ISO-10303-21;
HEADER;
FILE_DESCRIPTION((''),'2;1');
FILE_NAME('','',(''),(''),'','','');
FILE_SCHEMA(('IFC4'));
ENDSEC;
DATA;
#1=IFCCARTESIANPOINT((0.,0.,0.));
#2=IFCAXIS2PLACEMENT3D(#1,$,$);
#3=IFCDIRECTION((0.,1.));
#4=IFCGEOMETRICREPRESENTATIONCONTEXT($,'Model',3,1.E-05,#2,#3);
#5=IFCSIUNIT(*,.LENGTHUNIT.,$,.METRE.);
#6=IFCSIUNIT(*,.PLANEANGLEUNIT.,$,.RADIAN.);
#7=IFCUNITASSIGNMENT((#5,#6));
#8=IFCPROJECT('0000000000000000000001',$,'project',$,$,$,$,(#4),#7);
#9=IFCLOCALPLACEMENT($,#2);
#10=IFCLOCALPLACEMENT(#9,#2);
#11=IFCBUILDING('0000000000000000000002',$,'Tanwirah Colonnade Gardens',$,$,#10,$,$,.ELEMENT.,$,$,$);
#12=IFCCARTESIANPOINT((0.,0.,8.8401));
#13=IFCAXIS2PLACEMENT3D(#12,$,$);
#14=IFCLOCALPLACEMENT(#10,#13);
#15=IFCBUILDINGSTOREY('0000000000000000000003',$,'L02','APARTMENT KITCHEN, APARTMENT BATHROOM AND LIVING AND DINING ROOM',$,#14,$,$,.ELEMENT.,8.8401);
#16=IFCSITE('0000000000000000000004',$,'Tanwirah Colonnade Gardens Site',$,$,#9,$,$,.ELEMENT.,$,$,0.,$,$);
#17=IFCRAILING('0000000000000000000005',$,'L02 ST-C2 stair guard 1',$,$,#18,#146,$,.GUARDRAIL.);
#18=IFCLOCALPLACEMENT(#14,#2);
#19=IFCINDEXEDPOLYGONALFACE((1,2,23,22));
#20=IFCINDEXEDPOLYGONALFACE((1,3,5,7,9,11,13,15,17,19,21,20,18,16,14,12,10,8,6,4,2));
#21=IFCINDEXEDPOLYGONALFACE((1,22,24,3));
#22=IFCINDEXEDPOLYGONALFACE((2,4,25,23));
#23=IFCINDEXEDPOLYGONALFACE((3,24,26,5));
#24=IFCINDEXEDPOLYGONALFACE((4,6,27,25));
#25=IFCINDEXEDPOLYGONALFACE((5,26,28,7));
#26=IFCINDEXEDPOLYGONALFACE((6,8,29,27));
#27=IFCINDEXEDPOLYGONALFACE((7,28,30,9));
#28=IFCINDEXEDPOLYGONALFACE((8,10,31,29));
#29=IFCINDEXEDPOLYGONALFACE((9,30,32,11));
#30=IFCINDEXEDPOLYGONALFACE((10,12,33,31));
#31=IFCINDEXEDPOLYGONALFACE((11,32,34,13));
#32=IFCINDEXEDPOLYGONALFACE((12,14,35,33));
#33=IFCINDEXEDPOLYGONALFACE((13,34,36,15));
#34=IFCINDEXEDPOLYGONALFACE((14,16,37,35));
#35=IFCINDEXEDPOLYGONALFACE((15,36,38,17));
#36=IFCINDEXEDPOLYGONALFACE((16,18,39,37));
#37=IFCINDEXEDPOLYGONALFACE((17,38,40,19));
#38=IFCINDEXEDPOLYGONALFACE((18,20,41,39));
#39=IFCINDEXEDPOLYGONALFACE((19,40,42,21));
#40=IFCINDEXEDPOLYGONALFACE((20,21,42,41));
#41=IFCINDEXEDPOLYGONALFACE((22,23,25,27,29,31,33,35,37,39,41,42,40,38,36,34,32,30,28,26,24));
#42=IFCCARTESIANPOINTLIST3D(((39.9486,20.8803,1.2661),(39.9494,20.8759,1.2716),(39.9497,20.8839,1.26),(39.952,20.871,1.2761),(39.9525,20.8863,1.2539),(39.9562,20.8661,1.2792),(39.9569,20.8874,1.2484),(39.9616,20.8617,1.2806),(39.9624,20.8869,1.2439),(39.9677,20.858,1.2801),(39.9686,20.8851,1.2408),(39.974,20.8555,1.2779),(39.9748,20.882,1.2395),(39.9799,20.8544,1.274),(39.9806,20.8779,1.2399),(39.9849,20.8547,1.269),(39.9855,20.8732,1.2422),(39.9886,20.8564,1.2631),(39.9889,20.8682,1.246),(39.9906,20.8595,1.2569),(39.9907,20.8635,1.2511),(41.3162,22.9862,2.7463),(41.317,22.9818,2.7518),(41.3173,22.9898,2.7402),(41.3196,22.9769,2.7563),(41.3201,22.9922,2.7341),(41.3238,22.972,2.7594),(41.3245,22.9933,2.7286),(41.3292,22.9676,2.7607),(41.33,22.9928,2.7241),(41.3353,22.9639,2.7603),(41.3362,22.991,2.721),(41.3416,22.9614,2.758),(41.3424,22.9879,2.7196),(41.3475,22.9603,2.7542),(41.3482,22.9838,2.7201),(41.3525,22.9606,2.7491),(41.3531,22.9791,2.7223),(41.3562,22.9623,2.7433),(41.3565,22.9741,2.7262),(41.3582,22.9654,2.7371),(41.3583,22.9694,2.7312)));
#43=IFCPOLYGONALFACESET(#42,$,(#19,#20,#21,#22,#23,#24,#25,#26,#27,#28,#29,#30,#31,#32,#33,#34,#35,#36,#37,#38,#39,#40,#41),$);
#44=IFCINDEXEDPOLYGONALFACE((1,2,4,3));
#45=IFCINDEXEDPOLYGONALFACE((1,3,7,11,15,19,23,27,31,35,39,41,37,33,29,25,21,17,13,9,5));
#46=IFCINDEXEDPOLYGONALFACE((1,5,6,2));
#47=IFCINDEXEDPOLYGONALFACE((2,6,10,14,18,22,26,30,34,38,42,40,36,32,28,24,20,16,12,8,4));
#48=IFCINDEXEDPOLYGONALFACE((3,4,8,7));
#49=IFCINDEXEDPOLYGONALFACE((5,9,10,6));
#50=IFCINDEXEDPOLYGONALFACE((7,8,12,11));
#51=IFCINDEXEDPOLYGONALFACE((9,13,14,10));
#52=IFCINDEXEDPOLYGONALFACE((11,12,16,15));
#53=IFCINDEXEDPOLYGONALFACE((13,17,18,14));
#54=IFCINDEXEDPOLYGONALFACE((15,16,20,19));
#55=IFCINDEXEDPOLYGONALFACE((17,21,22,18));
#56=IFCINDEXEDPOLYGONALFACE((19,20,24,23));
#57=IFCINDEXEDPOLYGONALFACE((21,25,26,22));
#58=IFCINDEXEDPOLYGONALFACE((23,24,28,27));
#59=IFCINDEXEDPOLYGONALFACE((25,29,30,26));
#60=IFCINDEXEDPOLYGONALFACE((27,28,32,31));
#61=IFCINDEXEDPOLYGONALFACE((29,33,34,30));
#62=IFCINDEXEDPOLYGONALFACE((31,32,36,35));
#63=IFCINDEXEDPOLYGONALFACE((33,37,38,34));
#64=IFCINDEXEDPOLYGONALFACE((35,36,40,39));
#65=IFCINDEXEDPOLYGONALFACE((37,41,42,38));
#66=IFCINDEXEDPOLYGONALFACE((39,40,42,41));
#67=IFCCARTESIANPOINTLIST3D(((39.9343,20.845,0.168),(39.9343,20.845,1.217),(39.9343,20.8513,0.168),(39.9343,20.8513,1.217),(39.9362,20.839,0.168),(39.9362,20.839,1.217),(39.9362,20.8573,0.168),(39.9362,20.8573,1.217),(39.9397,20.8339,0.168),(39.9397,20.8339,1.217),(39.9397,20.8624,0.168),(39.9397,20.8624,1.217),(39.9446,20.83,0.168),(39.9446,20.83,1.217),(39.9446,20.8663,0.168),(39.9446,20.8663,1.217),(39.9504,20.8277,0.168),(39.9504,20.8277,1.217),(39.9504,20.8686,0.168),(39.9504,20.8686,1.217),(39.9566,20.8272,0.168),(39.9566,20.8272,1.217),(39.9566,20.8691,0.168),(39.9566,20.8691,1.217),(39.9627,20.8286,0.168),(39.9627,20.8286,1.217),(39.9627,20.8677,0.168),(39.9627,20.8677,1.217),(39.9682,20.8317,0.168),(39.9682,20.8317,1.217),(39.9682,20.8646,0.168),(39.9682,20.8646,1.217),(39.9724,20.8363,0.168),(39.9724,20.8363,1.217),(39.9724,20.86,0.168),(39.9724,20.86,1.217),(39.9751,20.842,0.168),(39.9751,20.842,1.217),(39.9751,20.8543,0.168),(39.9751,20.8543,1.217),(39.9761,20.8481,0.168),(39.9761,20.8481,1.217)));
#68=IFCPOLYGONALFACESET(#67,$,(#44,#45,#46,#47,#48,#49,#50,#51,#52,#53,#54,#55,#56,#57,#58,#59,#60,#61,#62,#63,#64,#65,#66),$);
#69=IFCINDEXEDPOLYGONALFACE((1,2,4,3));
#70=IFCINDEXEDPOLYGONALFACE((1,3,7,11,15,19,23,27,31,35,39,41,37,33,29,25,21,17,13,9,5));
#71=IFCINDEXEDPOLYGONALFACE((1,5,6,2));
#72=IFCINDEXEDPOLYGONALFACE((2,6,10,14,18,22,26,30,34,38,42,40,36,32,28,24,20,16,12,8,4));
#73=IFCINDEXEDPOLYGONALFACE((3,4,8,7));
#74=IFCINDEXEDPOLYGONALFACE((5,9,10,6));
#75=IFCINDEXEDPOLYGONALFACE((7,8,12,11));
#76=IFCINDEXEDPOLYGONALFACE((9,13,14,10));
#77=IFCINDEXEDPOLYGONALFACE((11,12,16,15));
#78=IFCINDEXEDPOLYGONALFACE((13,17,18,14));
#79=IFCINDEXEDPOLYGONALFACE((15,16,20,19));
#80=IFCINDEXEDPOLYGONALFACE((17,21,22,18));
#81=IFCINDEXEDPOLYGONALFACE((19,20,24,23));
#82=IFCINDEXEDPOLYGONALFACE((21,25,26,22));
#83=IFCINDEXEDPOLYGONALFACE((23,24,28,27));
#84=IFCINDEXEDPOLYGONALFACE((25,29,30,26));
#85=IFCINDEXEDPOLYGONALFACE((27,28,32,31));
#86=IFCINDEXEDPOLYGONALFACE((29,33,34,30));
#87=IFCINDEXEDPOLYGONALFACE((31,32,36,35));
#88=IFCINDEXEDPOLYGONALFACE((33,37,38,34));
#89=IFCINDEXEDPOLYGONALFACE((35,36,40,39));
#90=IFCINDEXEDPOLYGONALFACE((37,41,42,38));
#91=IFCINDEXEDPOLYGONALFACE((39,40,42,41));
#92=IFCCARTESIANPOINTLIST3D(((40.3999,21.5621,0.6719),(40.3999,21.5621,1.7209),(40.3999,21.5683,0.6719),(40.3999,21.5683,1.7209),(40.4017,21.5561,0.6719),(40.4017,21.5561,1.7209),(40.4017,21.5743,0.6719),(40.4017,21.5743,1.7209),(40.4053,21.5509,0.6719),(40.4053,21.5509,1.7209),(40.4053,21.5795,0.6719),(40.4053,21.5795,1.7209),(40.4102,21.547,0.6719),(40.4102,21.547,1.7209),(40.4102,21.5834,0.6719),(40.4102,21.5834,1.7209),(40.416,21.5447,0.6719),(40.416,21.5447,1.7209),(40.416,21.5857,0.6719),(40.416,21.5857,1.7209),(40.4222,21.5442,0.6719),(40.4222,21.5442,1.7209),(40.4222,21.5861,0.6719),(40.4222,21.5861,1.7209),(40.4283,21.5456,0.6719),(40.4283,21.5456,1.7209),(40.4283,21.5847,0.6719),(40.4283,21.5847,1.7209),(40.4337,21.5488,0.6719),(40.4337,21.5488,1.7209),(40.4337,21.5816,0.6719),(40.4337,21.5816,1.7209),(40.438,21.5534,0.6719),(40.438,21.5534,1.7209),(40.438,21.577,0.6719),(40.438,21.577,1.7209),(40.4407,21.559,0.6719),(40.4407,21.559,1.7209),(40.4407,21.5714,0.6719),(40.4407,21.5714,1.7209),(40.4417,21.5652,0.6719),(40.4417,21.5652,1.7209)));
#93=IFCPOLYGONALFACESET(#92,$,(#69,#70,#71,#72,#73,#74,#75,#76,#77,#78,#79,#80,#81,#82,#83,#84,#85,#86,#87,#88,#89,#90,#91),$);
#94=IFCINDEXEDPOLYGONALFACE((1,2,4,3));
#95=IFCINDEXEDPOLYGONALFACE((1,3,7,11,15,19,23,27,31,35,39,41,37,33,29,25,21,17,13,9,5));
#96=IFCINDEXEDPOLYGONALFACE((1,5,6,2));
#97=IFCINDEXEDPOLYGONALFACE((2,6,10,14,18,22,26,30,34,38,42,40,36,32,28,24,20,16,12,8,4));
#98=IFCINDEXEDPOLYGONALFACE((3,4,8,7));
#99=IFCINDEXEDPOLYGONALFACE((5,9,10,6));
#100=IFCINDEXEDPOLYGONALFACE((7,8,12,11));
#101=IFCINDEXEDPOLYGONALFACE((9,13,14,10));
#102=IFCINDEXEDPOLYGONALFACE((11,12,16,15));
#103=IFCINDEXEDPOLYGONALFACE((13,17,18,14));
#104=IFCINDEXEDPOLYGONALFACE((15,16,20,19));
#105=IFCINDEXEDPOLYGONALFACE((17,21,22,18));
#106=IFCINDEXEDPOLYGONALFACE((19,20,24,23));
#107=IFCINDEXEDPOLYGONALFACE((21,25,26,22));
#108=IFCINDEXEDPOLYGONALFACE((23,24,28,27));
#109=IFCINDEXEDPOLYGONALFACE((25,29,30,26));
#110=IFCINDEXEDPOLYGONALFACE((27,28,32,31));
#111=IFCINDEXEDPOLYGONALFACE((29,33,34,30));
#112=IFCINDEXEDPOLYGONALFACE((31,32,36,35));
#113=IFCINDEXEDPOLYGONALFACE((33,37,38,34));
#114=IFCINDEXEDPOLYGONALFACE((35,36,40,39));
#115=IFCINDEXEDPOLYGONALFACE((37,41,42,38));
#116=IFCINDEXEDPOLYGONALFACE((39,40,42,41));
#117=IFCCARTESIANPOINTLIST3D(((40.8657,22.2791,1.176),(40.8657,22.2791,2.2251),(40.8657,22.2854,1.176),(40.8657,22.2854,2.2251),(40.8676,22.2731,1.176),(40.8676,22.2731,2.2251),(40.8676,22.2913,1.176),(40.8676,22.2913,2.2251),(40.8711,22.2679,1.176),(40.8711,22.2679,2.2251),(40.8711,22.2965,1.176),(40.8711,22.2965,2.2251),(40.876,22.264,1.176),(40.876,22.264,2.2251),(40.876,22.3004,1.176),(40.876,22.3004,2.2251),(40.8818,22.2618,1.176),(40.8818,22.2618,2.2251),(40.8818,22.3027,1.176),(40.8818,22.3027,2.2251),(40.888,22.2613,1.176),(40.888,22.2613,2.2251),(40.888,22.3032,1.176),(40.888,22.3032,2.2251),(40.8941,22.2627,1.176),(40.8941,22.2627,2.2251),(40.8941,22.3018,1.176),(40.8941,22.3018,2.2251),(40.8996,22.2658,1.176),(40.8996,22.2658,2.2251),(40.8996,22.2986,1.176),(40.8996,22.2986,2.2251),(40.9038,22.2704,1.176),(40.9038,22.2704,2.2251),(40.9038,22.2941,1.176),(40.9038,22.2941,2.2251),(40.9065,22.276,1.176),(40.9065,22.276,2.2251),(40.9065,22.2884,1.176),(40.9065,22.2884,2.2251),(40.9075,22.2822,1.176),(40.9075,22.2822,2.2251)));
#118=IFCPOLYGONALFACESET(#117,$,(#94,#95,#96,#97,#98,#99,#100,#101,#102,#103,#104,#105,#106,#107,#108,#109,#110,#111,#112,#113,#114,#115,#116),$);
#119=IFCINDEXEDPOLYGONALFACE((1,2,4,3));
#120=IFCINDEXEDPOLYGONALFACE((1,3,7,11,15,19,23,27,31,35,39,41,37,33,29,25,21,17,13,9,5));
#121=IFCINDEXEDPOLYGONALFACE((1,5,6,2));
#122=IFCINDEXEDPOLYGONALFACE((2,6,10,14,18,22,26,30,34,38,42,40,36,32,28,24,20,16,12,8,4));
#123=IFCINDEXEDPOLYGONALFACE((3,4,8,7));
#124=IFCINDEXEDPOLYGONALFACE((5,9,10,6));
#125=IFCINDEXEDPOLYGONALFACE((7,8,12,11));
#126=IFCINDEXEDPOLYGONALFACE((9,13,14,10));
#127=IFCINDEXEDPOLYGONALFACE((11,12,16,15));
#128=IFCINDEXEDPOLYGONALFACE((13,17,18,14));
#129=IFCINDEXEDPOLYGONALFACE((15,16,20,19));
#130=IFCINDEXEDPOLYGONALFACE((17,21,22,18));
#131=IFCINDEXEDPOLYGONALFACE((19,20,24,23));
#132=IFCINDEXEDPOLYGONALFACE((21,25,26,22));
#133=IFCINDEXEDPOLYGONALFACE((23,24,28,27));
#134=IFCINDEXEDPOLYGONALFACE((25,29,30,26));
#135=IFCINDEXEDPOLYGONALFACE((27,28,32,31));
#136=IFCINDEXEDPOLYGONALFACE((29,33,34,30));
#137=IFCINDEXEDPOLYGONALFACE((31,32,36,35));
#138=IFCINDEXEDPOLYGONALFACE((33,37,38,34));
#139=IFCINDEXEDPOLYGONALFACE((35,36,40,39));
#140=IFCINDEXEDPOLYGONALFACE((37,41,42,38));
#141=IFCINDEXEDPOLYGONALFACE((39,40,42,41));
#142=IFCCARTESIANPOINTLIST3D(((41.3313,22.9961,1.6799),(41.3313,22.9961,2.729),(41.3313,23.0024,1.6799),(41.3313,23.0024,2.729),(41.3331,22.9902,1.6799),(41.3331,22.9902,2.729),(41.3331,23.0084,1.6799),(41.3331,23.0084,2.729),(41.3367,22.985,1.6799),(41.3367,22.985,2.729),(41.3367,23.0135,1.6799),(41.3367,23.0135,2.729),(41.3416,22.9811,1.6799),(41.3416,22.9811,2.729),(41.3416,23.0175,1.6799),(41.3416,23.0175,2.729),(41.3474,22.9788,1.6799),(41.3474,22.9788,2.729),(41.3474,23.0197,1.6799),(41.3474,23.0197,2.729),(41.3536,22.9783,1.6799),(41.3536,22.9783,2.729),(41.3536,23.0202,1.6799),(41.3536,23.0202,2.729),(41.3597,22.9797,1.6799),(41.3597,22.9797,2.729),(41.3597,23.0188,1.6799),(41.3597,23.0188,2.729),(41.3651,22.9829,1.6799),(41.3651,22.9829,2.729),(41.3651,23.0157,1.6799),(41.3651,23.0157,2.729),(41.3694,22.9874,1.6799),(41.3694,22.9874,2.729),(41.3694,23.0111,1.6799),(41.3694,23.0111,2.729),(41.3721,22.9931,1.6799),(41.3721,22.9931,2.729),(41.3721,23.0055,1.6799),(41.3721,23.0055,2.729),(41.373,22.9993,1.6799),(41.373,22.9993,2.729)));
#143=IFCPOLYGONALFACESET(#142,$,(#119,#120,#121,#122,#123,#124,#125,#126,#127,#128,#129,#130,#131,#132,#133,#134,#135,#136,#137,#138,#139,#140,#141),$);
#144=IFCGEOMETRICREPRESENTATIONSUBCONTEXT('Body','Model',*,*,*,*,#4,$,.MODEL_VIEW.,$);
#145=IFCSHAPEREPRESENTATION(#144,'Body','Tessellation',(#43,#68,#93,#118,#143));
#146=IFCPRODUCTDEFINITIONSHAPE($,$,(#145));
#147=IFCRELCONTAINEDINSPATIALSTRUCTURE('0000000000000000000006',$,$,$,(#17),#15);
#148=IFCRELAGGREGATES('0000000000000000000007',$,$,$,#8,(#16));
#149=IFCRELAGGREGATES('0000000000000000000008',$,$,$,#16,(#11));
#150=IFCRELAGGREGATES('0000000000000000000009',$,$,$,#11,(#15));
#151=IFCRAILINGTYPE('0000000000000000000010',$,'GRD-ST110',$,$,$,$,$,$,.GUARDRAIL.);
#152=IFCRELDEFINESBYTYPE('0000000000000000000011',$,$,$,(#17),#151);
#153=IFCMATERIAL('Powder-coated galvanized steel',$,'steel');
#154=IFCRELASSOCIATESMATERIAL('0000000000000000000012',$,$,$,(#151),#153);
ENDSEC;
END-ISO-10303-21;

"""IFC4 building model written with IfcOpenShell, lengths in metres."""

from ifc_helpers import new_model, si_unit, direction, frame, origin, origin_2d, place, context, subcontext, project, spatial, circle, extrude, material, type_object, element, save


model = new_model("IFC4")

# Units and contexts
model_context = context("Model", 3, precision=1e-05, world=origin(), true_north=direction((0.0, 1.0)))
body_context = subcontext(model_context, "Body", "Model", "MODEL_VIEW")
ifc_project = project(units=[si_unit("LENGTHUNIT", "METRE"), si_unit("PLANEANGLEUNIT", "RADIAN")], contexts=[model_context])

# Site, building, storey
site_placement = place(None, origin())
site = spatial("IfcSite", under=ifc_project, at=site_placement, Name="Tanwirah Colonnade Gardens Site", CompositionType="ELEMENT", RefElevation=0.0)
building_placement = place(site_placement, origin())
building = spatial("IfcBuilding", under=site, at=building_placement, Name="Tanwirah Colonnade Gardens", CompositionType="ELEMENT")
storey_placement = place(building_placement, frame((0.0, 0.0, 8.8401)))
storey = spatial("IfcBuildingStorey", under=building, at=storey_placement, Name="L02", Description="APARTMENT KITCHEN, APARTMENT BATHROOM AND LIVING AND DINING ROOM", CompositionType="ELEMENT", Elevation=8.8401)

# Railing
ifc_material_1 = material(Name="Powder-coated galvanized steel", Category="steel")
railing_type_1 = type_object("IfcRailingType", Name="GRD-ST110", PredefinedType="GUARDRAIL", material=ifc_material_1)
railing_1_placement = place(storey_placement, frame((39.9551, 20.8481, 0.168)))
element("IfcRailing", 1, at=railing_1_placement, inside=storey, type_object=railing_type_1, Name="L02 ST-C2 stair guard 1", PredefinedType="GUARDRAIL", context=body_context, shape_type="SweptSolid", body=[
    extrude(circle(Radius=0.0239, at=origin_2d()), frame((0.0146, 0.0227, 1.092), z_axis=(0.469193, 0.722484, 0.507814), x_axis=(-0.838668, 0.544644, 0.0)), (0.0, 0.0, 1.0), 2.9148),
    extrude(circle(Radius=0.021, at=origin_2d()), origin(), (0.0, 0.0, 1.0), 1.0491),
    extrude(circle(Radius=0.021, at=origin_2d()), frame((0.4656, 0.717, 0.5039)), (0.0, 0.0, 1.0), 1.0491),
    extrude(circle(Radius=0.021, at=origin_2d()), frame((0.9314, 1.4341, 1.0081)), (0.0, 0.0, 1.0), 1.0491),
    extrude(circle(Radius=0.021, at=origin_2d()), frame((1.397, 2.1511, 1.512)), (0.0, 0.0, 1.0), 1.0491),
])

save(model, "model.ifc")
